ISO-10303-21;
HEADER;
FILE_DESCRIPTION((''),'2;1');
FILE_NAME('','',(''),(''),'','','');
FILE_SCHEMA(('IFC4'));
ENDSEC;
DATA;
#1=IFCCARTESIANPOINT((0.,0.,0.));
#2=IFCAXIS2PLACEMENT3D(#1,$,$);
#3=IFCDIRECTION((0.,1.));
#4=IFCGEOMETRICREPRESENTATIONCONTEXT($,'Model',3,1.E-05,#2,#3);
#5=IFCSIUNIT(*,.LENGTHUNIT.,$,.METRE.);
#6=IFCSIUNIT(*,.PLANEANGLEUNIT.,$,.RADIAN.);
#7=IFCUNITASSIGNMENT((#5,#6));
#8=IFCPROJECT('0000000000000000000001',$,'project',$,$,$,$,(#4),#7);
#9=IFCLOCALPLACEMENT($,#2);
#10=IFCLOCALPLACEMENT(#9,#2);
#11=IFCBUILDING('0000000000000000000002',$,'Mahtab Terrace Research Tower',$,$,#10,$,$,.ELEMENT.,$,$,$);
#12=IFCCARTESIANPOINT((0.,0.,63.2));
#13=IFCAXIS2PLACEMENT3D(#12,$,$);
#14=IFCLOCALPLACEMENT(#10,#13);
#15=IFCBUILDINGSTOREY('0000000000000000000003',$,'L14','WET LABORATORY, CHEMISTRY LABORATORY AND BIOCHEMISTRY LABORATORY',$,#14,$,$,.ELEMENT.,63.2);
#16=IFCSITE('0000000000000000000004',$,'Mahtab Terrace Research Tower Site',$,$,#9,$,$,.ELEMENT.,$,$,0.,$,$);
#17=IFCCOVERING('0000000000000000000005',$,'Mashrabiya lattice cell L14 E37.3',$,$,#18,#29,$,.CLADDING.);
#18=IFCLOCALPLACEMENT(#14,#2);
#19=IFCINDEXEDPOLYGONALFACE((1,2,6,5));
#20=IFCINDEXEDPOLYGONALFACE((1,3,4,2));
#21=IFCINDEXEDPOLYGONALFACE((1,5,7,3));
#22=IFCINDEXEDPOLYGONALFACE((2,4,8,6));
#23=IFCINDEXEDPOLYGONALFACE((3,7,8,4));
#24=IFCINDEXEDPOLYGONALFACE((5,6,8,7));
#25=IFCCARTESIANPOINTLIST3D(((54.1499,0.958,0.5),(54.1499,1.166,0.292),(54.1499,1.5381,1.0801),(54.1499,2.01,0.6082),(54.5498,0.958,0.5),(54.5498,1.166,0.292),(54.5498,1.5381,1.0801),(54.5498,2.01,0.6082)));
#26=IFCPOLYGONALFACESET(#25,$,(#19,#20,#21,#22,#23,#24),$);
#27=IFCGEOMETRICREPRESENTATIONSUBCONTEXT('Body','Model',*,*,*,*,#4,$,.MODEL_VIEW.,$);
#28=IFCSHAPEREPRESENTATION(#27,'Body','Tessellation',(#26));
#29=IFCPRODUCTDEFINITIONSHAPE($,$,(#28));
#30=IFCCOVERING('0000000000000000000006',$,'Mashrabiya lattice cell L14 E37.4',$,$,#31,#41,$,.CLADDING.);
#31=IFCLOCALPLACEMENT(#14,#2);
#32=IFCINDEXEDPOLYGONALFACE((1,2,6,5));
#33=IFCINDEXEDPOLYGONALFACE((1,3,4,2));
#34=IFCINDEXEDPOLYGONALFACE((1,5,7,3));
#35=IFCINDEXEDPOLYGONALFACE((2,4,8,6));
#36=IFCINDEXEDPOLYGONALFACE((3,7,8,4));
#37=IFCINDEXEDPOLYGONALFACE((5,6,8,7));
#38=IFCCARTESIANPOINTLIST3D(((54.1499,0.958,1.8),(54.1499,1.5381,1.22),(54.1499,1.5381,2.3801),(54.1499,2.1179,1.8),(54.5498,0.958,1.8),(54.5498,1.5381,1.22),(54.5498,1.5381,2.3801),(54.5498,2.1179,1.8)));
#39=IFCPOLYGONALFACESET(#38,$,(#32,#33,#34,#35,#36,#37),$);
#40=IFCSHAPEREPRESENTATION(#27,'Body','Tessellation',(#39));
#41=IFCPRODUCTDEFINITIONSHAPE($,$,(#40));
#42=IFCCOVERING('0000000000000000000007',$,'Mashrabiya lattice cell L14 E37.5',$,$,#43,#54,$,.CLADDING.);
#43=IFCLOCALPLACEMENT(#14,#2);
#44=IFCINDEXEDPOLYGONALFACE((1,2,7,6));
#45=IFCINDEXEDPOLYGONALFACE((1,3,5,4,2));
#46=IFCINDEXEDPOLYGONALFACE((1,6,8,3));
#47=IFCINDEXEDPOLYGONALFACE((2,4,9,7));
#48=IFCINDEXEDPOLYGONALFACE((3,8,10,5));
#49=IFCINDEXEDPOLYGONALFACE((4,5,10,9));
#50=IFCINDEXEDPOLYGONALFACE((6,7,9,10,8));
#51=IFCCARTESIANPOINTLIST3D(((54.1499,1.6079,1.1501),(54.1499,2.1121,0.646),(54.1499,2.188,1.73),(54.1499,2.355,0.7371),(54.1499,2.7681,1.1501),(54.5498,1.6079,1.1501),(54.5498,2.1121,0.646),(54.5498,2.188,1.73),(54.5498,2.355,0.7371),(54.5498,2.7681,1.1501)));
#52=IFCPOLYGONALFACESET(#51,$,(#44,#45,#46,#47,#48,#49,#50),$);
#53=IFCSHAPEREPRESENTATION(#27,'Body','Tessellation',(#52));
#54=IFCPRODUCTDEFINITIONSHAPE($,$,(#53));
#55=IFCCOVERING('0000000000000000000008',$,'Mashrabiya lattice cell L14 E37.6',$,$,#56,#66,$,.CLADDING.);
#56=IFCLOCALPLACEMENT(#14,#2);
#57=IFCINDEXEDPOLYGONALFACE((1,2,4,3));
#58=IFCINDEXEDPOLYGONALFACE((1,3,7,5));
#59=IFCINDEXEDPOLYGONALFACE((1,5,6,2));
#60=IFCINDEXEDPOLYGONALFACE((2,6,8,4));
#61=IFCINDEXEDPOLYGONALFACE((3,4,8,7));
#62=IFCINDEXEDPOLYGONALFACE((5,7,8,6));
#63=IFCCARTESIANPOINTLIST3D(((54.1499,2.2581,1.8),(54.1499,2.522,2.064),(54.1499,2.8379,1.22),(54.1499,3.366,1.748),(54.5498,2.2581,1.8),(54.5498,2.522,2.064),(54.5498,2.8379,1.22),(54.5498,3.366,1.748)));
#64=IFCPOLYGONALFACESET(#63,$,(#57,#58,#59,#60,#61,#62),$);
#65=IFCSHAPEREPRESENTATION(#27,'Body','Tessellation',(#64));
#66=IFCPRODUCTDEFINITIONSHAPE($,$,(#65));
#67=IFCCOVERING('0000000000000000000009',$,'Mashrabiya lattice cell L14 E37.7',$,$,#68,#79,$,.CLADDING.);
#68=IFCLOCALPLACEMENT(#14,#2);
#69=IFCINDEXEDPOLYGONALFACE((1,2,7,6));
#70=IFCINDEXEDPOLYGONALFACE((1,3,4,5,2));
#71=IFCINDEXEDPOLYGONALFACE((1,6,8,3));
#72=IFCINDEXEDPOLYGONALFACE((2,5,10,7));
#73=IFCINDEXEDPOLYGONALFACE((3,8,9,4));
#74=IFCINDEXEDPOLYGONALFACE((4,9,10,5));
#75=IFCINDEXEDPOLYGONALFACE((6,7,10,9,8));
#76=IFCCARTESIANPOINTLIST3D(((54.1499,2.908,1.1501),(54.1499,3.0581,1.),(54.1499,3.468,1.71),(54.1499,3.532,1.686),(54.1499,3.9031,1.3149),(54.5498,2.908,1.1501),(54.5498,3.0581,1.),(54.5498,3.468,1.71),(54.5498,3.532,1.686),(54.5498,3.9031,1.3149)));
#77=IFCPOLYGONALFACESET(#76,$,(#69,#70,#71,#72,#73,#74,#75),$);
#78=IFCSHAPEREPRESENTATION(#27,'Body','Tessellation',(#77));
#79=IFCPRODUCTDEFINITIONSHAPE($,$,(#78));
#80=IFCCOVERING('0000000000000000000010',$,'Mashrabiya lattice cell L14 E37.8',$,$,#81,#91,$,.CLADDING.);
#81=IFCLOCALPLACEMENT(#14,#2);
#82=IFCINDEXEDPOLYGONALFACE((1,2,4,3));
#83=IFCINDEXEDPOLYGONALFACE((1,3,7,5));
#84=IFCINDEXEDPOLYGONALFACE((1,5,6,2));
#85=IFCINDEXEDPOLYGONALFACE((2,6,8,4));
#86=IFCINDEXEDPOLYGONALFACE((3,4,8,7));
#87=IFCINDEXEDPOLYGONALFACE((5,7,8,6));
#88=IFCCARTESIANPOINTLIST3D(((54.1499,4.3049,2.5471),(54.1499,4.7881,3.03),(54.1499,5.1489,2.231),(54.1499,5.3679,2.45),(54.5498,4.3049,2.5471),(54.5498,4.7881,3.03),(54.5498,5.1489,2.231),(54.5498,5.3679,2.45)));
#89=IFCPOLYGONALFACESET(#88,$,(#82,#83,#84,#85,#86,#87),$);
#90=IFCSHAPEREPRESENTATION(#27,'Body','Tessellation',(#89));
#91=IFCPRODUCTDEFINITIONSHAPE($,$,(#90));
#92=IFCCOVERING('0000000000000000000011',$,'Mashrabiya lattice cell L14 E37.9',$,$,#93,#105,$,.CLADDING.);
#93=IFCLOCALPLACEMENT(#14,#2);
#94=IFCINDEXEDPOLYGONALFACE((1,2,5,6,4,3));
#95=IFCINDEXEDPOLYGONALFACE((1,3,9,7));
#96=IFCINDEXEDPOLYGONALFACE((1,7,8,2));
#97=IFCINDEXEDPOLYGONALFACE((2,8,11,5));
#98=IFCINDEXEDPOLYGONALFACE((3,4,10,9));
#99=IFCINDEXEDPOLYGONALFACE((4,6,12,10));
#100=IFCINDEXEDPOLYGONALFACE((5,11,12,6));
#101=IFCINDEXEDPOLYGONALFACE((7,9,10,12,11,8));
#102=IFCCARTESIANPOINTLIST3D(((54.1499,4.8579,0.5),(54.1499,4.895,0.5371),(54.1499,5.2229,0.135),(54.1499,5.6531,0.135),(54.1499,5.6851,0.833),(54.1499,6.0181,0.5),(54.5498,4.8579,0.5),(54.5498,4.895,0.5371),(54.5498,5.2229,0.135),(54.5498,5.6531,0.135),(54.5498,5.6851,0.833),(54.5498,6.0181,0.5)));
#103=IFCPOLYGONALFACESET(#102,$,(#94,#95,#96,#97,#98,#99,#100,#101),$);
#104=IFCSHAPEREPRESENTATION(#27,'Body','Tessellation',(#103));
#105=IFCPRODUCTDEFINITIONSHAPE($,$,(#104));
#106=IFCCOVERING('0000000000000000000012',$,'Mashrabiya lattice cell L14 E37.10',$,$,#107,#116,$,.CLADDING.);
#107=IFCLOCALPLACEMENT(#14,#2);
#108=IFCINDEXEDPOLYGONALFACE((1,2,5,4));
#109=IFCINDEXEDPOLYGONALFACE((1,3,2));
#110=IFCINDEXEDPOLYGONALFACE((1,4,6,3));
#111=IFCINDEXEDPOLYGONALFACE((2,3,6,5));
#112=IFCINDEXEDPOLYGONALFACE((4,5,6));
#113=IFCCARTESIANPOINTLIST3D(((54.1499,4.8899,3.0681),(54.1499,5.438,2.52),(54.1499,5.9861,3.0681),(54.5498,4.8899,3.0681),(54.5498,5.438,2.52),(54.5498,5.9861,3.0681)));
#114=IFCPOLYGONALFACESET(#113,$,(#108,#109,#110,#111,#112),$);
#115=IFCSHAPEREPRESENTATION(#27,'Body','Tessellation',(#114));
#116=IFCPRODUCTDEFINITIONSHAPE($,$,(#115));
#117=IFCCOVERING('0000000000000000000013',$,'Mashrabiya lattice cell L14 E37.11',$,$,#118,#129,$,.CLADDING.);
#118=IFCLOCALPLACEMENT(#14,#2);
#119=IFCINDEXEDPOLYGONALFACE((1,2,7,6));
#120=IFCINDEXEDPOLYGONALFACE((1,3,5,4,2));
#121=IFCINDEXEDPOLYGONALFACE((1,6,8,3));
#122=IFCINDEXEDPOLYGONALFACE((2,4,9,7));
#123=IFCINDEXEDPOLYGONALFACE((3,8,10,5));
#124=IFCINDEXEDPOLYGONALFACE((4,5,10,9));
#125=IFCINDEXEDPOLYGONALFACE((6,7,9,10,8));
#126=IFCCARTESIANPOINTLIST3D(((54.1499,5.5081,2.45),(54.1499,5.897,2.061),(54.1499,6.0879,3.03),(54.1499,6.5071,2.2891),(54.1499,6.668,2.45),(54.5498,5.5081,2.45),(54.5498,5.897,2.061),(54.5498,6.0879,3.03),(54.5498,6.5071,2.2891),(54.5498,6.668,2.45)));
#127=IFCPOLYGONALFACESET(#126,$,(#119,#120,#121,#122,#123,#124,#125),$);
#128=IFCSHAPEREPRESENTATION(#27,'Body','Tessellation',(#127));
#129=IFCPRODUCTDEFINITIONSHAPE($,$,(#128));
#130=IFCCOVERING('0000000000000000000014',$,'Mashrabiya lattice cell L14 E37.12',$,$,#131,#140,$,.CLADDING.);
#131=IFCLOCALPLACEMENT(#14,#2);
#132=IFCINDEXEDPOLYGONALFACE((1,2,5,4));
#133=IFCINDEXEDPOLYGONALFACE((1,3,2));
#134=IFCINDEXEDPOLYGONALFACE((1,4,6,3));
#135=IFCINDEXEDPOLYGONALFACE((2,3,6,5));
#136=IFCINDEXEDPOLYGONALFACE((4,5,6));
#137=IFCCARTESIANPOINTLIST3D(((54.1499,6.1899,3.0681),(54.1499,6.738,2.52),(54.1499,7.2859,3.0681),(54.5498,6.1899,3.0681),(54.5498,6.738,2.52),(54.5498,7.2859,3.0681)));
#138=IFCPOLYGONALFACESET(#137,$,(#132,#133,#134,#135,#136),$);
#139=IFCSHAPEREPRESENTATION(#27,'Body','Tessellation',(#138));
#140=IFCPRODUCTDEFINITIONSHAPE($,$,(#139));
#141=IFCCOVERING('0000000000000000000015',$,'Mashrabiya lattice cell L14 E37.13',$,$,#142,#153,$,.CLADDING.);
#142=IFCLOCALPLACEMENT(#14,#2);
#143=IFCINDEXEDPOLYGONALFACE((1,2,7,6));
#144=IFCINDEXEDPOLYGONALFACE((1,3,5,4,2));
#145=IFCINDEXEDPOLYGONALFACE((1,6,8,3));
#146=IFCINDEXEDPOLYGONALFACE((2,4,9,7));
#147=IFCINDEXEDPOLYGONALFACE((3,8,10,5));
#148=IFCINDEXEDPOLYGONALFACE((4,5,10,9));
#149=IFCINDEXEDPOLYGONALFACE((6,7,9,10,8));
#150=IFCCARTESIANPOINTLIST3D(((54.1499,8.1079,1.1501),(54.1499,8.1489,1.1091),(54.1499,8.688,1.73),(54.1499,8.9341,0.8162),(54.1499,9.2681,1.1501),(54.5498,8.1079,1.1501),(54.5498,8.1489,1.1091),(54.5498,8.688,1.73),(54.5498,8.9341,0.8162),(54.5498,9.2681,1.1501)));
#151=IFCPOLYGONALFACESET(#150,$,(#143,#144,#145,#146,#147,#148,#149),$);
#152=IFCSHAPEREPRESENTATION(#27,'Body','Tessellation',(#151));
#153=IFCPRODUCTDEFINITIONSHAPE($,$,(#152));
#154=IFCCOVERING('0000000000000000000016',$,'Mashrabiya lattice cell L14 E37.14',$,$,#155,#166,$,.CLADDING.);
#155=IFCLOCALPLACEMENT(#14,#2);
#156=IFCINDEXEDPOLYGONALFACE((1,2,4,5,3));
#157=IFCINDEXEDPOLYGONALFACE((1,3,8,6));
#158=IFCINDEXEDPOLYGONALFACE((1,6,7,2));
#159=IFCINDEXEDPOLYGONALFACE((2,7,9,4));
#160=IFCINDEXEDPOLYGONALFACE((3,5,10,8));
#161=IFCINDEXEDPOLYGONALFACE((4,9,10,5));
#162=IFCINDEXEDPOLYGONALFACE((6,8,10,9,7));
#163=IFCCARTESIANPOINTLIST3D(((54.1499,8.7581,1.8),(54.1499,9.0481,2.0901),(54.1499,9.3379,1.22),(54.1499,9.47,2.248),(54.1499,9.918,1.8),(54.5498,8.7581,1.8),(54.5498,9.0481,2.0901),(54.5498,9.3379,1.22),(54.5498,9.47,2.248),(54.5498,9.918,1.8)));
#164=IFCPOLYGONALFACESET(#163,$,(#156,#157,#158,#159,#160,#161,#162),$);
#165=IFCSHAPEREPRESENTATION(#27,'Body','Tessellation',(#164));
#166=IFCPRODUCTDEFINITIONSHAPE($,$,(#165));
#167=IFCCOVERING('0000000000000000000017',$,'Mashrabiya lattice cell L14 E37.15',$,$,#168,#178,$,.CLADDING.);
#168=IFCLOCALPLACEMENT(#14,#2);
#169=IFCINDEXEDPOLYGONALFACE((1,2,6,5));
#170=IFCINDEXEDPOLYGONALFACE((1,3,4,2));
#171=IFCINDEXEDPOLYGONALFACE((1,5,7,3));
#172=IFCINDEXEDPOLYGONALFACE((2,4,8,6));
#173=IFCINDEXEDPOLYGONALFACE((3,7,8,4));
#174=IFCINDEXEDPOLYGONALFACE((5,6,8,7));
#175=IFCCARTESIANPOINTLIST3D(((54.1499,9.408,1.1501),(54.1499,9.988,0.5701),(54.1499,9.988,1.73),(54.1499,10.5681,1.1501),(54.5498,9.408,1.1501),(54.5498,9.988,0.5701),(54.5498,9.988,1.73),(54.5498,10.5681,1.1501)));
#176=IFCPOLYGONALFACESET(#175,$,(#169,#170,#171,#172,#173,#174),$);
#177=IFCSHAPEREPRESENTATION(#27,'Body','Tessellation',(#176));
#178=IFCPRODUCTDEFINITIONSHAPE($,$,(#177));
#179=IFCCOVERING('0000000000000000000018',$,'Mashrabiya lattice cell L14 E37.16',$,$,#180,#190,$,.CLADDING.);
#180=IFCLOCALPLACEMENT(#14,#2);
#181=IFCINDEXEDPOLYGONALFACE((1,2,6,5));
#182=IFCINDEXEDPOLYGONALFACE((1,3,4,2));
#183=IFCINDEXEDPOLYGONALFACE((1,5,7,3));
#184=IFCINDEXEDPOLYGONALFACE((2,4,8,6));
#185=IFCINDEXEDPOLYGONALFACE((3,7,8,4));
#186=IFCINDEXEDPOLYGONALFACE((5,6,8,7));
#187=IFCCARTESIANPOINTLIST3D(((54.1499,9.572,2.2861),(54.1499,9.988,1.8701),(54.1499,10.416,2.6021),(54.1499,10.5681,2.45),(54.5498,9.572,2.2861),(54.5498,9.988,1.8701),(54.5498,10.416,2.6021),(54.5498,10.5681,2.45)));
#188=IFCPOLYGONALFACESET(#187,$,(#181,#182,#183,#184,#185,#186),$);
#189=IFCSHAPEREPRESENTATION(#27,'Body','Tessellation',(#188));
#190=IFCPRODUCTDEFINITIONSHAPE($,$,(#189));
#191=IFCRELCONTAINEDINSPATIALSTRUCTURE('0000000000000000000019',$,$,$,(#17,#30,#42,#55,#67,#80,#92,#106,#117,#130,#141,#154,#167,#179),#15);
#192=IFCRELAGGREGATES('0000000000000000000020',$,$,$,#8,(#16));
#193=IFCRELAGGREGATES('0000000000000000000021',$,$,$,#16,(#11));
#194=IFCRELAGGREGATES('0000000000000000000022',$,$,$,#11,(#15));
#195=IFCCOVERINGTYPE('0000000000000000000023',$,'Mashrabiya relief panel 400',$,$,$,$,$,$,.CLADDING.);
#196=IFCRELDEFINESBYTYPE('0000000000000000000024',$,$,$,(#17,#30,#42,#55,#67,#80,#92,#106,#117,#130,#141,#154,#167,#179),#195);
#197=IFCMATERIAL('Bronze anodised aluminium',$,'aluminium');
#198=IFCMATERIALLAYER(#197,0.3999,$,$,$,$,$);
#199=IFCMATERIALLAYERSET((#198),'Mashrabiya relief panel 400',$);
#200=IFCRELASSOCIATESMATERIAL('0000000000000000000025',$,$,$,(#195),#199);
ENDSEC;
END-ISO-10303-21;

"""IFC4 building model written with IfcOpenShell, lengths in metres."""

from ifc_helpers import new_model, si_unit, direction, frame, origin, place, context, subcontext, project, spatial, polyline, outline, extrude, material, layer, layer_set, type_object, element, save


model = new_model("IFC4")

# Units and contexts
model_context = context("Model", 3, precision=1e-05, world=origin(), true_north=direction((0.0, 1.0)))
body_context = subcontext(model_context, "Body", "Model", "MODEL_VIEW")
ifc_project = project(units=[si_unit("LENGTHUNIT", "METRE"), si_unit("PLANEANGLEUNIT", "RADIAN")], contexts=[model_context])

# Site, building, storey
site_placement = place(None, origin())
site = spatial("IfcSite", under=ifc_project, at=site_placement, Name="Mahtab Terrace Research Tower Site", CompositionType="ELEMENT", RefElevation=0.0)
building_placement = place(site_placement, origin())
building = spatial("IfcBuilding", under=site, at=building_placement, Name="Mahtab Terrace Research Tower", CompositionType="ELEMENT")
storey_placement = place(building_placement, frame((0.0, 0.0, 63.2)))
storey = spatial("IfcBuildingStorey", under=building, at=storey_placement, Name="L14", Description="WET LABORATORY, CHEMISTRY LABORATORY AND BIOCHEMISTRY LABORATORY", CompositionType="ELEMENT", Elevation=63.2)

# Coverings
ifc_material_1 = material(Name="Bronze anodised aluminium", Category="aluminium")
ifc_layer_1 = layer(ifc_material_1, 0.3999)
ifc_layer_set_1 = layer_set([ifc_layer_1], Name="Mashrabiya relief panel 400")
covering_type = type_object("IfcCoveringType", Name="Mashrabiya relief panel 400", PredefinedType="CLADDING", material=ifc_layer_set_1)
covering_1_placement = place(storey_placement, frame((54.1499, 0.958, 0.5), z_axis=(-1.0, 0.0, 0.0), x_axis=(0.0, 0.707107, 0.707107)))
element("IfcCovering", 1, at=covering_1_placement, inside=storey, type_object=covering_type, Name="Mashrabiya lattice cell L14 E37.3", PredefinedType="CLADDING", context=body_context, shape_type="SweptSolid", body=[
    extrude(outline(polyline([(0.0, 0.0), (0.8204, 0.0), (0.8204, 0.6674), (0.0, 0.2942), (0.0, 0.0)])), origin(), (0.0, 0.0, -1.0), 0.3999),
])
covering_2_placement = place(storey_placement, frame((54.1499, 1.5381, 2.3801), z_axis=(-1.0, 0.0, 0.0), x_axis=(0.0, 0.706958, -0.707256)))
element("IfcCovering", 2, at=covering_2_placement, inside=storey, type_object=covering_type, Name="Mashrabiya lattice cell L14 E37.4", PredefinedType="CLADDING", context=body_context, shape_type="SweptSolid", body=[
    extrude(outline(polyline([(0.0, 0.0), (0.8202, 0.0), (0.8205, 0.8202), (0.0002, 0.8204), (0.0, 0.0)])), origin(), (0.0, 0.0, -1.0), 0.3999),
])
covering_3_placement = place(storey_placement, frame((54.1499, 1.6079, 1.1501), z_axis=(-1.0, 0.0, 0.0), x_axis=(0.0, 0.707256, 0.706958)))
element("IfcCovering", 3, at=covering_3_placement, inside=storey, type_object=covering_type, Name="Mashrabiya lattice cell L14 E37.5", PredefinedType="CLADDING", context=body_context, shape_type="SweptSolid", body=[
    extrude(outline(polyline([(0.0, 0.0), (0.8202, 0.0), (0.8205, 0.8202), (0.2363, 0.8203), (0.0002, 0.713), (0.0, 0.0)])), origin(), (0.0, 0.0, -1.0), 0.3999),
])
covering_4_placement = place(storey_placement, frame((54.1499, 2.8379, 1.22), z_axis=(-1.0, 0.0, 0.0), x_axis=(0.0, -0.706958, 0.707256)))
element("IfcCovering", 4, at=covering_4_placement, inside=storey, type_object=covering_type, Name="Mashrabiya lattice cell L14 E37.6", PredefinedType="CLADDING", context=body_context, shape_type="SweptSolid", body=[
    extrude(outline(polyline([(0.0, 0.0), (0.8202, 0.0), (0.8203, 0.3732), (0.0002, 0.7468), (0.0, 0.0)])), origin(), (0.0, 0.0, -1.0), 0.3999),
])
covering_5_placement = place(storey_placement, frame((54.1499, 2.908, 1.1501), z_axis=(-1.0, 0.0, 0.0), x_axis=(0.0, 0.707261, 0.706953)))
element("IfcCovering", 5, at=covering_5_placement, inside=storey, type_object=covering_type, Name="Mashrabiya lattice cell L14 E37.7", PredefinedType="CLADDING", context=body_context, shape_type="SweptSolid", body=[
    extrude(outline(polyline([(0.0, 0.0), (0.7919, 0.0), (0.8202, 0.0621), (0.8203, 0.5869), (0.0, 0.2123), (0.0, 0.0)])), origin(), (0.0, 0.0, -1.0), 0.3999),
])
covering_6_placement = place(storey_placement, frame((54.1499, 4.7881, 3.03), z_axis=(-1.0, 0.0, 0.0), x_axis=(0.0, 0.706958, -0.707256)))
element("IfcCovering", 6, at=covering_6_placement, inside=storey, type_object=covering_type, Name="Mashrabiya lattice cell L14 E37.8", PredefinedType="CLADDING", context=body_context, shape_type="SweptSolid", body=[
    extrude(outline(polyline([(0.0, 0.0), (0.8202, 0.0), (0.8202, 0.3097), (0.0, 0.6831), (0.0, 0.0)])), origin(), (0.0, 0.0, -1.0), 0.3999),
])
covering_7_placement = place(storey_placement, frame((54.1499, 4.8579, 0.5), z_axis=(-1.0, 0.0, 0.0), x_axis=(0.0, 0.707107, 0.707107)))
element("IfcCovering", 7, at=covering_7_placement, inside=storey, type_object=covering_type, Name="Mashrabiya lattice cell L14 E37.9", PredefinedType="CLADDING", context=body_context, shape_type="SweptSolid", body=[
    extrude(outline(polyline([(0.0, 0.0), (0.0525, 0.0), (0.8204, 0.3494), (0.8204, 0.8204), (0.3042, 0.8204), (0.0, 0.5162), (0.0, 0.0)])), origin(), (0.0, 0.0, -1.0), 0.3999),
])
covering_8_placement = place(storey_placement, frame((54.1499, 5.438, 2.52), z_axis=(-1.0, 0.0, 0.0), x_axis=(0.0, -0.707107, 0.707107)))
element("IfcCovering", 8, at=covering_8_placement, inside=storey, type_object=covering_type, Name="Mashrabiya lattice cell L14 E37.10", PredefinedType="CLADDING", context=body_context, shape_type="SweptSolid", body=[
    extrude(outline(polyline([(0.0, 0.0), (0.7751, 0.0), (0.0, 0.7751), (0.0, 0.0)])), origin(), (0.0, 0.0, -1.0), 0.3999),
])
covering_9_placement = place(storey_placement, frame((54.1499, 5.5081, 2.45), z_axis=(-1.0, 0.0, 0.0), x_axis=(0.0, 0.706958, 0.707256)))
element("IfcCovering", 9, at=covering_9_placement, inside=storey, type_object=covering_type, Name="Mashrabiya lattice cell L14 E37.11", PredefinedType="CLADDING", context=body_context, shape_type="SweptSolid", body=[
    extrude(outline(polyline([(0.0, 0.0), (0.8202, 0.0), (0.82, 0.8204), (0.5925, 0.8203), (-0.0001, 0.55), (0.0, 0.0)])), origin(), (0.0, 0.0, -1.0), 0.3999),
])
covering_10_placement = place(storey_placement, frame((54.1499, 6.738, 2.52), z_axis=(-1.0, 0.0, 0.0), x_axis=(0.0, -0.707107, 0.707107)))
element("IfcCovering", 10, at=covering_10_placement, inside=storey, type_object=covering_type, Name="Mashrabiya lattice cell L14 E37.12", PredefinedType="CLADDING", context=body_context, shape_type="SweptSolid", body=[
    extrude(outline(polyline([(0.0, 0.0), (0.7751, 0.0), (0.0002, 0.775), (0.0, 0.0)])), origin(), (0.0, 0.0, -1.0), 0.3999),
])
covering_11_placement = place(storey_placement, frame((54.1499, 8.1079, 1.1501), z_axis=(-1.0, 0.0, 0.0), x_axis=(0.0, 0.707256, 0.706958)))
element("IfcCovering", 11, at=covering_11_placement, inside=storey, type_object=covering_type, Name="Mashrabiya lattice cell L14 E37.13", PredefinedType="CLADDING", context=body_context, shape_type="SweptSolid", body=[
    extrude(outline(polyline([(0.0, 0.0), (0.8202, 0.0), (0.8205, 0.8202), (0.3482, 0.8203), (0.0, 0.058), (0.0, 0.0)])), origin(), (0.0, 0.0, -1.0), 0.3999),
])
covering_12_placement = place(storey_placement, frame((54.1499, 9.918, 1.8), z_axis=(-1.0, 0.0, 0.0), x_axis=(0.0, -0.707107, -0.707107)))
element("IfcCovering", 12, at=covering_12_placement, inside=storey, type_object=covering_type, Name="Mashrabiya lattice cell L14 E37.14", PredefinedType="CLADDING", context=body_context, shape_type="SweptSolid", body=[
    extrude(outline(polyline([(0.0, 0.0), (0.8204, 0.0), (0.8202, 0.8202), (0.41, 0.8202), (0.0, 0.6336), (0.0, 0.0)])), origin(), (0.0, 0.0, -1.0), 0.3999),
])
covering_13_placement = place(storey_placement, frame((54.1499, 9.988, 1.73), z_axis=(-1.0, 0.0, 0.0), x_axis=(0.0, 0.707256, -0.706958)))
element("IfcCovering", 13, at=covering_13_placement, inside=storey, type_object=covering_type, Name="Mashrabiya lattice cell L14 E37.15", PredefinedType="CLADDING", context=body_context, shape_type="SweptSolid", body=[
    extrude(outline(polyline([(0.0, 0.0), (0.8202, 0.0), (0.82, 0.8204), (-0.0003, 0.8202), (0.0, 0.0)])), origin(), (0.0, 0.0, -1.0), 0.3999),
])
covering_14_placement = place(storey_placement, frame((54.1499, 10.5681, 2.45), z_axis=(-1.0, 0.0, 0.0), x_axis=(0.0, -0.707256, -0.706958)))
element("IfcCovering", 14, at=covering_14_placement, inside=storey, type_object=covering_type, Name="Mashrabiya lattice cell L14 E37.16", PredefinedType="CLADDING", context=body_context, shape_type="SweptSolid", body=[
    extrude(outline(polyline([(0.0, 0.0), (0.8202, 0.0), (0.8203, 0.5883), (0.0, 0.2151), (0.0, 0.0)])), origin(), (0.0, 0.0, -1.0), 0.3999),
])

save(model, "model.ifc")
